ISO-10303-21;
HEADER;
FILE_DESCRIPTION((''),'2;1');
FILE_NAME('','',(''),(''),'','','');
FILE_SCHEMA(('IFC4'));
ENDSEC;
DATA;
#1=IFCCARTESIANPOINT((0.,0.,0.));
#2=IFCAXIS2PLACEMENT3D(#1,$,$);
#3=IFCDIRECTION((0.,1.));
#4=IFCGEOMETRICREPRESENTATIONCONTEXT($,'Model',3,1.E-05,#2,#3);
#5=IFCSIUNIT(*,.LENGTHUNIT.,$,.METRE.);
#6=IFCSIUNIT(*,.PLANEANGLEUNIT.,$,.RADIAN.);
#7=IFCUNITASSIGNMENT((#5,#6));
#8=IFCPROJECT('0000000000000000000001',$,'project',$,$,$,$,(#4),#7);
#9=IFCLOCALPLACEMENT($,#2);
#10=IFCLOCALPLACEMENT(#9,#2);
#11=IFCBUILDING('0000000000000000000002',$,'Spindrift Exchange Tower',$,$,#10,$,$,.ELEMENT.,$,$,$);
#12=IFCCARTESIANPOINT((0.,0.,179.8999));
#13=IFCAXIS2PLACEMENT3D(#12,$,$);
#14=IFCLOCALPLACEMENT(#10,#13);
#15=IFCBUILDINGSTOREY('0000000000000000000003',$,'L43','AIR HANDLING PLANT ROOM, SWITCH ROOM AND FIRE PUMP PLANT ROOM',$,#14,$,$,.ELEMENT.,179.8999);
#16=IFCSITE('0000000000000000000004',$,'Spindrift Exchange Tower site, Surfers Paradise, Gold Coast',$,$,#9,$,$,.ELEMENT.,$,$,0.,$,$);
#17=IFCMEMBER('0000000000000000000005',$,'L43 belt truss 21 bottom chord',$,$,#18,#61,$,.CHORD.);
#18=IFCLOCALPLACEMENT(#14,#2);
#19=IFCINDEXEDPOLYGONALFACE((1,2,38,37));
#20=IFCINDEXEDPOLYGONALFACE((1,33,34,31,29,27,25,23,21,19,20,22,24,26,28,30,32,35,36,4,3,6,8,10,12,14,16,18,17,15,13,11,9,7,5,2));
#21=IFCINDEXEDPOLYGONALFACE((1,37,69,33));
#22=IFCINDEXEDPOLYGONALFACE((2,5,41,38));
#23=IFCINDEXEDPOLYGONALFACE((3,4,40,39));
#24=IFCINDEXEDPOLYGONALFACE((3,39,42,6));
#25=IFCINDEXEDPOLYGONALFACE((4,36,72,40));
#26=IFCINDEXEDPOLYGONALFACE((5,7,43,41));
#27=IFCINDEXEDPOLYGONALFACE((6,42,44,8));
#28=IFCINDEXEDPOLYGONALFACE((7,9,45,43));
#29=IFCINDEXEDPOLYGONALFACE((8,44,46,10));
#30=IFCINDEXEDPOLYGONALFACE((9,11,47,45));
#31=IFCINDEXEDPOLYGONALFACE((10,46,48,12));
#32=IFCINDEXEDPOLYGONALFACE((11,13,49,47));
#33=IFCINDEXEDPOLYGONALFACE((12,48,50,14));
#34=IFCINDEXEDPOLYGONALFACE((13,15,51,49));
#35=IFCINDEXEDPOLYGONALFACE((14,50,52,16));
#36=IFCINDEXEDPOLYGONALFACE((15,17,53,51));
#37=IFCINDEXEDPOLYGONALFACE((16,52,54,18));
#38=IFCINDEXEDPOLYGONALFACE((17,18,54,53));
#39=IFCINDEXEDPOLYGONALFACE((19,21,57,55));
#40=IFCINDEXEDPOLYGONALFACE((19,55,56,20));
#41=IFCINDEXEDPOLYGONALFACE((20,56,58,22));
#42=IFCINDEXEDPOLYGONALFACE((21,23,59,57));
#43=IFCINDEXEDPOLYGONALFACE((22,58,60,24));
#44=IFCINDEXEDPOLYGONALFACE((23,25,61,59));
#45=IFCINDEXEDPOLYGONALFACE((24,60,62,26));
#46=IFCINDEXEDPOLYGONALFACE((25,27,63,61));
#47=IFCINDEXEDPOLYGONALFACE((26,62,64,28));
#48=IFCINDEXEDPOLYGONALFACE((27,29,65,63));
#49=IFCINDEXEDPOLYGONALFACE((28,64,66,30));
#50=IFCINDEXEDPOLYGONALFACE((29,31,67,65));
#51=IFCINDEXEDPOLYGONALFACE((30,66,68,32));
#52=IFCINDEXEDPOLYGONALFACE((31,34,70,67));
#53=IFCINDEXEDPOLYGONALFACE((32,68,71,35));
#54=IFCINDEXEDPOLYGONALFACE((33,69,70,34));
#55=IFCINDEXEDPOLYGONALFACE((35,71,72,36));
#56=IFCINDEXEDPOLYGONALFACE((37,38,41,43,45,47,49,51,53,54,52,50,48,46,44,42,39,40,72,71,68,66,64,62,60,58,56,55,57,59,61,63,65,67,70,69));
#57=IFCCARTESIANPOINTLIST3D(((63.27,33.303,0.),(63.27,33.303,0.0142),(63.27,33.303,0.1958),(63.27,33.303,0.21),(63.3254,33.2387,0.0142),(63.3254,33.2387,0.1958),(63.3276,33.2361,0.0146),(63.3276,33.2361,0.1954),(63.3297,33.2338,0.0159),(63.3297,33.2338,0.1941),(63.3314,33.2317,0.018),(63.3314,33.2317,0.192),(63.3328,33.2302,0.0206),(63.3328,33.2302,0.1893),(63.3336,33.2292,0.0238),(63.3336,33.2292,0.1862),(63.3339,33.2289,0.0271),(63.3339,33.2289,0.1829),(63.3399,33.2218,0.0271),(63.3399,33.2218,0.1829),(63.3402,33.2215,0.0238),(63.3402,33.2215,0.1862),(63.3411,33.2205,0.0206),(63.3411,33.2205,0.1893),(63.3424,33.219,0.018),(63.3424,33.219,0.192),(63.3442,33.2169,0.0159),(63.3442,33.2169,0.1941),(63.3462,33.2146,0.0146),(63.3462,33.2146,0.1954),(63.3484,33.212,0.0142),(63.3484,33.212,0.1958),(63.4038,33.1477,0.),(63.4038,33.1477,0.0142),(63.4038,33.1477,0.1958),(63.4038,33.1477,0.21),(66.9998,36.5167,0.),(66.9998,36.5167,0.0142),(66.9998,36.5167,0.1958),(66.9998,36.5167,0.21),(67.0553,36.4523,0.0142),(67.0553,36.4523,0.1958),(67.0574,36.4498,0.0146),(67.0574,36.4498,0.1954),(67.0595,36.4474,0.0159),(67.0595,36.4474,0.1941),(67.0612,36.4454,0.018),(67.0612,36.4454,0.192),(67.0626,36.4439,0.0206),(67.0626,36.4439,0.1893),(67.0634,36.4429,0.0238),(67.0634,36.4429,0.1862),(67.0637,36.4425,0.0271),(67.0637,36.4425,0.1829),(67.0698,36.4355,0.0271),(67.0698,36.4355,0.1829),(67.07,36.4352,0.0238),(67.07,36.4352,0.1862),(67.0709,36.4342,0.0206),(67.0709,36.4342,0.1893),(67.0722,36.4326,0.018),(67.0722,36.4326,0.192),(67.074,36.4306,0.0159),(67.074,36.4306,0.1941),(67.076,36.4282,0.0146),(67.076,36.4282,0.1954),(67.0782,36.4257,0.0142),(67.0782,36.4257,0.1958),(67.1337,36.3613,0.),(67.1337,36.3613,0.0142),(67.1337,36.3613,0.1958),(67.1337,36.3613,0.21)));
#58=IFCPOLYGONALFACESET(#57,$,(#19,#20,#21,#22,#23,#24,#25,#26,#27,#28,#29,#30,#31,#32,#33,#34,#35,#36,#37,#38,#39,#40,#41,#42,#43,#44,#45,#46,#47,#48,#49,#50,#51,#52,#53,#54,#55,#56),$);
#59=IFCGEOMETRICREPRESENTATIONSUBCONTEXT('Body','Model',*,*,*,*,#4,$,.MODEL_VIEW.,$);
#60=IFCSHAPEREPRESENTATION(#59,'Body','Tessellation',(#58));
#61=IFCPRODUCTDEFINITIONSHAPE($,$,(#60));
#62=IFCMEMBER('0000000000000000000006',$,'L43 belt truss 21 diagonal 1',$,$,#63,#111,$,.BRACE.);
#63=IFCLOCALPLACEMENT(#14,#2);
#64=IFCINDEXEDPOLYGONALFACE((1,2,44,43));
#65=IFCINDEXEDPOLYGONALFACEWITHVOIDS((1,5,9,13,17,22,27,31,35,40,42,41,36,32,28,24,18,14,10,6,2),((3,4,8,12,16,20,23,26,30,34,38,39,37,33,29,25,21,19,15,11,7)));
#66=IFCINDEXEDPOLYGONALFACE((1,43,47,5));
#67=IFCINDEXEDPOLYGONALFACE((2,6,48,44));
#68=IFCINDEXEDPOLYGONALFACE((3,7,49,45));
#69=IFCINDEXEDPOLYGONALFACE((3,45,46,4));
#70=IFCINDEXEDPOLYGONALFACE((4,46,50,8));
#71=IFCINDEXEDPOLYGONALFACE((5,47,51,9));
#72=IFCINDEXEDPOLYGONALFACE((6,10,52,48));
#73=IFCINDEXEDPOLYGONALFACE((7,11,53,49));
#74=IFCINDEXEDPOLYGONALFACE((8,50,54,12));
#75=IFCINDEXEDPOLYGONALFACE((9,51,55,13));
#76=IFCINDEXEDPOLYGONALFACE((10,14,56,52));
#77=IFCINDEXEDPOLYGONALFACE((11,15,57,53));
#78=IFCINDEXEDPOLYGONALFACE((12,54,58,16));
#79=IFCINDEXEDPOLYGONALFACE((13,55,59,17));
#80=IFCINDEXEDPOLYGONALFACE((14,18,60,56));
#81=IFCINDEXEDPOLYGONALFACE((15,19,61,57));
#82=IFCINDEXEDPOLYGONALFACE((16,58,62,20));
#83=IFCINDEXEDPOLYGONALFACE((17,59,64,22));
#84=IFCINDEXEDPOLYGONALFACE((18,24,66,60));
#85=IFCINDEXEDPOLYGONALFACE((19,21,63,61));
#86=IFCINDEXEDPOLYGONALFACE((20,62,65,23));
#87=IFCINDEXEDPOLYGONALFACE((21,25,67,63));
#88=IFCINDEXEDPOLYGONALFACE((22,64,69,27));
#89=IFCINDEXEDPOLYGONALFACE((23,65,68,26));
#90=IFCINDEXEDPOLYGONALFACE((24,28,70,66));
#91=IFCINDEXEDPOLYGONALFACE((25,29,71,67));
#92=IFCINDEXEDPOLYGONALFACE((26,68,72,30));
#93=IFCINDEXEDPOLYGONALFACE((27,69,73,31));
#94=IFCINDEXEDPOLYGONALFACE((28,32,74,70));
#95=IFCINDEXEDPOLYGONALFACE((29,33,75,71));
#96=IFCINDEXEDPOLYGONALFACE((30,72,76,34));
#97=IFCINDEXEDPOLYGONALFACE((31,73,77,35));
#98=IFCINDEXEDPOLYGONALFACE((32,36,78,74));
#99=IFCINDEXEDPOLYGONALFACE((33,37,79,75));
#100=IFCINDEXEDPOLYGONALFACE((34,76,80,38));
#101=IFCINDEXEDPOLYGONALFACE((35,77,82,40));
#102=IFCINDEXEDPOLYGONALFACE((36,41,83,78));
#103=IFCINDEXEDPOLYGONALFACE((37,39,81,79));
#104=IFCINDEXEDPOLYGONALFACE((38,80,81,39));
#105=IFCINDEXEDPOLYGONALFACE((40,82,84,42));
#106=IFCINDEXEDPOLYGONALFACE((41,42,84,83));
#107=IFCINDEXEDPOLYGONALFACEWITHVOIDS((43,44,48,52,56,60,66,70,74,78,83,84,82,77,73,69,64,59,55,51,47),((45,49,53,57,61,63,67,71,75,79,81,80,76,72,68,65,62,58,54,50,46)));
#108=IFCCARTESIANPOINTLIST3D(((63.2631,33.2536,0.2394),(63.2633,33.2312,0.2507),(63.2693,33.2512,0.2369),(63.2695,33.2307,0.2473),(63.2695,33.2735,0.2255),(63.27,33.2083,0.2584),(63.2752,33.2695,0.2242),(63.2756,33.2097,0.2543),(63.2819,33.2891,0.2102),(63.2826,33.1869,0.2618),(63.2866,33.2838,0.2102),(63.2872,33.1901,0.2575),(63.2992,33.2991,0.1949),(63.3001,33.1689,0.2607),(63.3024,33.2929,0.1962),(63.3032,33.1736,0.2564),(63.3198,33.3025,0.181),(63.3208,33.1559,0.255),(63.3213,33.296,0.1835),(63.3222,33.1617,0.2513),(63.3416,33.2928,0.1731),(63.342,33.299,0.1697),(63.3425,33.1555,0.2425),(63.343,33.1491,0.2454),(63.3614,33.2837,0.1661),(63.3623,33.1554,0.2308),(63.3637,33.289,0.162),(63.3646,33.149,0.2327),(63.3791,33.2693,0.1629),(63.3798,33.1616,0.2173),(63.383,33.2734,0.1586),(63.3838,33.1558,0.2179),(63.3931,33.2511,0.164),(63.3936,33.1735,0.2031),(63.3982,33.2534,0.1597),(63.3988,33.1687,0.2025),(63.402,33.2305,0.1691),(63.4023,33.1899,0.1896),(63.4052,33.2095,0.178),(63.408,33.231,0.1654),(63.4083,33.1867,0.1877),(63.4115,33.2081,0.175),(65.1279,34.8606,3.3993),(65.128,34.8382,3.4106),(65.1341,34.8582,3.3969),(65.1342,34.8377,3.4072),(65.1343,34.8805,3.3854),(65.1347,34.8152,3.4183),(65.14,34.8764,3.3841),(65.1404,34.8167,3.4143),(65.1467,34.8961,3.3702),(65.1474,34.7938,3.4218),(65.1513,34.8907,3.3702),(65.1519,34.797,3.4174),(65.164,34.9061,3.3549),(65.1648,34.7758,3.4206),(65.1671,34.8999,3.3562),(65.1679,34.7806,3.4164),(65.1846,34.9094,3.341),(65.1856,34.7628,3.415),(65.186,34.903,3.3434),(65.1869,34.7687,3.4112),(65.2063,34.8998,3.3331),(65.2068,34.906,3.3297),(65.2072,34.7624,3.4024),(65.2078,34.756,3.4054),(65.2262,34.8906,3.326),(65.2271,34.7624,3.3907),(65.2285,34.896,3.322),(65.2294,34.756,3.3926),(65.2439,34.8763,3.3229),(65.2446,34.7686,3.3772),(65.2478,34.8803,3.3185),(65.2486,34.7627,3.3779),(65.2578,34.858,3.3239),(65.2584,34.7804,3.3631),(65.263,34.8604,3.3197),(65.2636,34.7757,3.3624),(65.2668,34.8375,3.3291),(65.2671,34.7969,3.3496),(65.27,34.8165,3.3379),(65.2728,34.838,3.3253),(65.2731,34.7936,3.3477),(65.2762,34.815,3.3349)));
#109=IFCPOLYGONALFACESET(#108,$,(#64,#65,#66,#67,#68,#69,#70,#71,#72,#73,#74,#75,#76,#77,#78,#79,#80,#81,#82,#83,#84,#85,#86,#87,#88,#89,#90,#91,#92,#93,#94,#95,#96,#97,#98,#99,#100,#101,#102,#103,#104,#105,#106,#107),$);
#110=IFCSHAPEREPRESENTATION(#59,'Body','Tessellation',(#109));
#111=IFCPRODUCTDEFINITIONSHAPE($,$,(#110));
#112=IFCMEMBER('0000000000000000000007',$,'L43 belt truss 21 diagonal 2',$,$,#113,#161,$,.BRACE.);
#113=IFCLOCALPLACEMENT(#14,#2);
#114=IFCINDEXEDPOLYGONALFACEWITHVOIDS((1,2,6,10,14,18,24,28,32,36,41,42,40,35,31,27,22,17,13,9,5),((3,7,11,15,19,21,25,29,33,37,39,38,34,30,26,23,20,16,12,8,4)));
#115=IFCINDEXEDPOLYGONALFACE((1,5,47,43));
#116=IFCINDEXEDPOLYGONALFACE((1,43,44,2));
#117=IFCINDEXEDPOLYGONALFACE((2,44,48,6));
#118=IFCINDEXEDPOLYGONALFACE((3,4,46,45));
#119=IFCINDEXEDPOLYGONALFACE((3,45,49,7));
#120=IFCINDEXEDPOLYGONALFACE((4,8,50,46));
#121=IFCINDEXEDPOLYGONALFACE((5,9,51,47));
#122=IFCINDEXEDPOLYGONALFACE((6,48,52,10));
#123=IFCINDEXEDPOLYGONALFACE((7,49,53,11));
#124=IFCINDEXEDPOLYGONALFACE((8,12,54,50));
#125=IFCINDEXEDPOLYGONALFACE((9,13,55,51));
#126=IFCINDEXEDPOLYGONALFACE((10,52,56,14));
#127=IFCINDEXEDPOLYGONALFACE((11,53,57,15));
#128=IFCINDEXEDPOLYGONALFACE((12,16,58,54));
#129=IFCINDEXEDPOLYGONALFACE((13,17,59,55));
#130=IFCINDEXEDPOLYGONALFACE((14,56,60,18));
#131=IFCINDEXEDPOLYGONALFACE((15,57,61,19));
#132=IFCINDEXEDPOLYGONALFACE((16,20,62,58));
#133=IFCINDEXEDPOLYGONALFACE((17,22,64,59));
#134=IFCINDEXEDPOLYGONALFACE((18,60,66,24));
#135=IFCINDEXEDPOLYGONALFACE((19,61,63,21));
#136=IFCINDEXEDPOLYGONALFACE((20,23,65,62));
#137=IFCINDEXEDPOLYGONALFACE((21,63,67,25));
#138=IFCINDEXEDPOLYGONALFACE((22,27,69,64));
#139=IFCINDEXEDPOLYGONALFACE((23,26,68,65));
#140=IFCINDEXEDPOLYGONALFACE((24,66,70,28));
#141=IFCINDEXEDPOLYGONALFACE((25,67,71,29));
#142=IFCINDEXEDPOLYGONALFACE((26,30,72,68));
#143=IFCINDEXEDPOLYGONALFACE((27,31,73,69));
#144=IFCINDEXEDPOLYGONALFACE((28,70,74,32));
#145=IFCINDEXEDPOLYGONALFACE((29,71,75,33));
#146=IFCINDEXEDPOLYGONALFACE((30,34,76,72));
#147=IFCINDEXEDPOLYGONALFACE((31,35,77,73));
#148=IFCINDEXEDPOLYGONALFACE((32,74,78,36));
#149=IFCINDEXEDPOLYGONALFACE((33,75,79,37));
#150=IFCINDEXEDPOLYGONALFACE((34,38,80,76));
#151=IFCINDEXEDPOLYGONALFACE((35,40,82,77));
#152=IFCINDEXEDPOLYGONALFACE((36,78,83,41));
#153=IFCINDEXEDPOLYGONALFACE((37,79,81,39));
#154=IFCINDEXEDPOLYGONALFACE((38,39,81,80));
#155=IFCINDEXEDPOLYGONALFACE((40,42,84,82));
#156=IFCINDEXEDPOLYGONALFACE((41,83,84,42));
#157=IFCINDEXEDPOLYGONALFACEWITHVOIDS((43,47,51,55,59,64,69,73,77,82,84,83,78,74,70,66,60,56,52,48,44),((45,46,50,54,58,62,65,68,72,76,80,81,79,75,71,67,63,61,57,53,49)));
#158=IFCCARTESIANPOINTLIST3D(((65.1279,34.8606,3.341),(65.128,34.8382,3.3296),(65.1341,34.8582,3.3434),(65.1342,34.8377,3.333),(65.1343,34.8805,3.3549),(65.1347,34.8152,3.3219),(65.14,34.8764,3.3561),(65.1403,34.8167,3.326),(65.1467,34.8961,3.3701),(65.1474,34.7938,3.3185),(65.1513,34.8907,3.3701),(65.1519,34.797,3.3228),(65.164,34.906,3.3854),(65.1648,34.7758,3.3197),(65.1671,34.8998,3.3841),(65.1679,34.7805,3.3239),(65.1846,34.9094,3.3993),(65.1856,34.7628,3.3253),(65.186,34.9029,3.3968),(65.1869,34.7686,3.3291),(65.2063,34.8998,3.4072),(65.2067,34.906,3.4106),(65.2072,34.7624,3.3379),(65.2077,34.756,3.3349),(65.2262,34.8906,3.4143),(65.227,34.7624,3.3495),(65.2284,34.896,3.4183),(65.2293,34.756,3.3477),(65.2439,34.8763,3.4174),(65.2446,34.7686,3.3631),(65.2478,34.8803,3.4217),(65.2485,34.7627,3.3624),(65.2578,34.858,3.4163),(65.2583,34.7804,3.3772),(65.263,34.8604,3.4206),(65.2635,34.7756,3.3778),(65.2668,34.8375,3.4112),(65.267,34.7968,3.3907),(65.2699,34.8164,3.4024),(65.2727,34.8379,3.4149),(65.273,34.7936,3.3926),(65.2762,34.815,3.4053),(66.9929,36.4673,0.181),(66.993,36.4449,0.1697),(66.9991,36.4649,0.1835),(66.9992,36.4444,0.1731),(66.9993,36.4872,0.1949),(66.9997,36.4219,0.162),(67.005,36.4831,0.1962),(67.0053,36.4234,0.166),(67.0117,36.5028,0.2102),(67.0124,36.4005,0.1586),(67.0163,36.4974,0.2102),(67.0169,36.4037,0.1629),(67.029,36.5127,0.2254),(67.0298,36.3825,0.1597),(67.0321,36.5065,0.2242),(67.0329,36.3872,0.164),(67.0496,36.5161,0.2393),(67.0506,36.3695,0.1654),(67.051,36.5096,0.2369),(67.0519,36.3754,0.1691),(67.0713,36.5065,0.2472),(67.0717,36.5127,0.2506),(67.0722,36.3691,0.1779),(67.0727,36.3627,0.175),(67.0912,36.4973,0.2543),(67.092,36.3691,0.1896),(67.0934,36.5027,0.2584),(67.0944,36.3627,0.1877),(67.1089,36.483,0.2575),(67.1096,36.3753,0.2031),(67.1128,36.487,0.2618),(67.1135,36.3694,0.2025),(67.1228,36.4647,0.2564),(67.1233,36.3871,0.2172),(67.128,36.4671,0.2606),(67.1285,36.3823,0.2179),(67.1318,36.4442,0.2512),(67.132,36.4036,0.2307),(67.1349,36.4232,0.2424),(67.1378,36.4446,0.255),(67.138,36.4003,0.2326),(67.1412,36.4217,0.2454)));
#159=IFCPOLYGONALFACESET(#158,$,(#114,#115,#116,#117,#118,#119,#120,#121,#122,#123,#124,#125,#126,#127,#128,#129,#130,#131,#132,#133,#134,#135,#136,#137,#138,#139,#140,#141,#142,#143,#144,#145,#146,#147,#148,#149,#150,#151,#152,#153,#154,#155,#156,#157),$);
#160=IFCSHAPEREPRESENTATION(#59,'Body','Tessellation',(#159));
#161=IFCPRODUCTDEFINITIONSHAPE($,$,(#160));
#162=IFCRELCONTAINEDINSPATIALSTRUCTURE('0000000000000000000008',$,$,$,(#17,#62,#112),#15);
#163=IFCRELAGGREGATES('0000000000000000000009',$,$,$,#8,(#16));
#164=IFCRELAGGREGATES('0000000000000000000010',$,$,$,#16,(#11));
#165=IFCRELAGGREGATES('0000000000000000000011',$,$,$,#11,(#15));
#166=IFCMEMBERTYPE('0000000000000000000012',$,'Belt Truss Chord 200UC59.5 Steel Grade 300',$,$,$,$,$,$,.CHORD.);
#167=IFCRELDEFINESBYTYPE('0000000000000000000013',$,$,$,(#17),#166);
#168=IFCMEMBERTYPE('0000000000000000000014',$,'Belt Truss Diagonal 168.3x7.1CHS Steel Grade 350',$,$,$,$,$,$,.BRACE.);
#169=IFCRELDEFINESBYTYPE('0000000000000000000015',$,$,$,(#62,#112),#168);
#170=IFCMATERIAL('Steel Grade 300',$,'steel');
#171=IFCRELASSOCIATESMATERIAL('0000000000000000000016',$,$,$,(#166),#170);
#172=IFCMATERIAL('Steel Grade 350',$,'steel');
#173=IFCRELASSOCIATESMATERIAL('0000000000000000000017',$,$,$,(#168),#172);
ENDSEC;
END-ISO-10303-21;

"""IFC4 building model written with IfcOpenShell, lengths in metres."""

from ifc_helpers import new_model, si_unit, direction, frame, origin, origin_2d, place, context, subcontext, project, spatial, hollow_circle, i_section, extrude, source, transform, mapped, material, material_profile, profile_set, type_object, element, save


model = new_model("IFC4")

# Units and contexts
model_context = context("Model", 3, precision=1e-05, world=origin(), true_north=direction((0.0, 1.0)))
body_context = subcontext(model_context, "Body", "Model", "MODEL_VIEW")
ifc_project = project(units=[si_unit("LENGTHUNIT", "METRE"), si_unit("PLANEANGLEUNIT", "RADIAN")], contexts=[model_context])

# Site, building, storey
site_placement = place(None, origin())
site = spatial("IfcSite", under=ifc_project, at=site_placement, Name="Spindrift Exchange Tower site, Surfers Paradise, Gold Coast", CompositionType="ELEMENT", RefElevation=0.0)
building_placement = place(site_placement, origin())
building = spatial("IfcBuilding", under=site, at=building_placement, Name="Spindrift Exchange Tower", CompositionType="ELEMENT")
storey_placement = place(building_placement, frame((0.0, 0.0, 179.8999)))
storey = spatial("IfcBuildingStorey", under=building, at=storey_placement, Name="L43", Description="AIR HANDLING PLANT ROOM, SWITCH ROOM AND FIRE PUMP PLANT ROOM", CompositionType="ELEMENT", Elevation=179.8999)

# Members
ifc_material_1 = material(Name="Steel Grade 300", Category="steel")
ifc_material_profile_1 = material_profile(ifc_material_1, i_section(OverallWidth=0.2051, OverallDepth=0.21, WebThickness=0.0093, FlangeThickness=0.0142, FilletRadius=0.0129, at=origin_2d()), Name="200UC59.5")
ifc_profile_set_1 = profile_set([ifc_material_profile_1], Name="Steel Grade 300")
member_type_1 = type_object("IfcMemberType", Name="Belt Truss Chord 200UC59.5 Steel Grade 300", PredefinedType="CHORD", material=ifc_profile_set_1)
shared_shape_1 = source(origin(), body_context, "Body", "SweptSolid", [
    extrude(i_section(OverallWidth=0.2051, OverallDepth=0.21, WebThickness=0.0093, FlangeThickness=0.0142, FilletRadius=0.0129, at=origin_2d()), origin(), (0.0, 0.0, 1.0), 4.9233),
])
for number, where, z_axis, x_axis, name in (
    (1, (63.3369, 33.2253, 0.105), (0.757577, 0.652745, 0.0), (-0.652745, 0.757577, 0.0), "L43 belt truss 21 bottom chord"),
):
    element("IfcMember", number, at=place(storey_placement, frame(where, z_axis=z_axis, x_axis=x_axis)), inside=storey, type_object=member_type_1, Name=name, PredefinedType="CHORD", context=body_context, shape_type="MappedRepresentation", body=[
        mapped(shared_shape_1, transform((0.0, 0.0, 0.0), scale=1.0)),
    ])
ifc_material_2 = material(Name="Steel Grade 350", Category="steel")
ifc_material_profile_2 = material_profile(ifc_material_2, hollow_circle(Radius=0.0842, WallThickness=0.0071, at=origin_2d()), Name="168.3x7.1CHS")
ifc_profile_set_2 = profile_set([ifc_material_profile_2], Name="Steel Grade 350")
member_type_2 = type_object("IfcMemberType", Name="Belt Truss Diagonal 168.3x7.1CHS Steel Grade 350", PredefinedType="BRACE", material=ifc_profile_set_2)
shared_shape_2 = source(origin(), body_context, "Body", "SweptSolid", [
    extrude(hollow_circle(Radius=0.0842, WallThickness=0.0071, at=origin_2d()), origin(), (0.0, 0.0, 1.0), 4.0056),
])
for number, where, z_axis, x_axis, name in (
    (2, (63.3369, 33.2253, 0.2102), (0.465539, 0.401175, 0.78888), (-0.652798, 0.757532, 0.0), "L43 belt truss 21 diagonal 1"),
    (3, (65.2017, 34.8323, 3.3701), (0.465598, 0.401113, -0.788877), (-0.652692, 0.757623, 0.0), "L43 belt truss 21 diagonal 2"),
):
    element("IfcMember", number, at=place(storey_placement, frame(where, z_axis=z_axis, x_axis=x_axis)), inside=storey, type_object=member_type_2, Name=name, PredefinedType="BRACE", context=body_context, shape_type="MappedRepresentation", body=[
        mapped(shared_shape_2, transform((0.0, 0.0, 0.0), scale=1.0)),
    ])

save(model, "model.ifc")
